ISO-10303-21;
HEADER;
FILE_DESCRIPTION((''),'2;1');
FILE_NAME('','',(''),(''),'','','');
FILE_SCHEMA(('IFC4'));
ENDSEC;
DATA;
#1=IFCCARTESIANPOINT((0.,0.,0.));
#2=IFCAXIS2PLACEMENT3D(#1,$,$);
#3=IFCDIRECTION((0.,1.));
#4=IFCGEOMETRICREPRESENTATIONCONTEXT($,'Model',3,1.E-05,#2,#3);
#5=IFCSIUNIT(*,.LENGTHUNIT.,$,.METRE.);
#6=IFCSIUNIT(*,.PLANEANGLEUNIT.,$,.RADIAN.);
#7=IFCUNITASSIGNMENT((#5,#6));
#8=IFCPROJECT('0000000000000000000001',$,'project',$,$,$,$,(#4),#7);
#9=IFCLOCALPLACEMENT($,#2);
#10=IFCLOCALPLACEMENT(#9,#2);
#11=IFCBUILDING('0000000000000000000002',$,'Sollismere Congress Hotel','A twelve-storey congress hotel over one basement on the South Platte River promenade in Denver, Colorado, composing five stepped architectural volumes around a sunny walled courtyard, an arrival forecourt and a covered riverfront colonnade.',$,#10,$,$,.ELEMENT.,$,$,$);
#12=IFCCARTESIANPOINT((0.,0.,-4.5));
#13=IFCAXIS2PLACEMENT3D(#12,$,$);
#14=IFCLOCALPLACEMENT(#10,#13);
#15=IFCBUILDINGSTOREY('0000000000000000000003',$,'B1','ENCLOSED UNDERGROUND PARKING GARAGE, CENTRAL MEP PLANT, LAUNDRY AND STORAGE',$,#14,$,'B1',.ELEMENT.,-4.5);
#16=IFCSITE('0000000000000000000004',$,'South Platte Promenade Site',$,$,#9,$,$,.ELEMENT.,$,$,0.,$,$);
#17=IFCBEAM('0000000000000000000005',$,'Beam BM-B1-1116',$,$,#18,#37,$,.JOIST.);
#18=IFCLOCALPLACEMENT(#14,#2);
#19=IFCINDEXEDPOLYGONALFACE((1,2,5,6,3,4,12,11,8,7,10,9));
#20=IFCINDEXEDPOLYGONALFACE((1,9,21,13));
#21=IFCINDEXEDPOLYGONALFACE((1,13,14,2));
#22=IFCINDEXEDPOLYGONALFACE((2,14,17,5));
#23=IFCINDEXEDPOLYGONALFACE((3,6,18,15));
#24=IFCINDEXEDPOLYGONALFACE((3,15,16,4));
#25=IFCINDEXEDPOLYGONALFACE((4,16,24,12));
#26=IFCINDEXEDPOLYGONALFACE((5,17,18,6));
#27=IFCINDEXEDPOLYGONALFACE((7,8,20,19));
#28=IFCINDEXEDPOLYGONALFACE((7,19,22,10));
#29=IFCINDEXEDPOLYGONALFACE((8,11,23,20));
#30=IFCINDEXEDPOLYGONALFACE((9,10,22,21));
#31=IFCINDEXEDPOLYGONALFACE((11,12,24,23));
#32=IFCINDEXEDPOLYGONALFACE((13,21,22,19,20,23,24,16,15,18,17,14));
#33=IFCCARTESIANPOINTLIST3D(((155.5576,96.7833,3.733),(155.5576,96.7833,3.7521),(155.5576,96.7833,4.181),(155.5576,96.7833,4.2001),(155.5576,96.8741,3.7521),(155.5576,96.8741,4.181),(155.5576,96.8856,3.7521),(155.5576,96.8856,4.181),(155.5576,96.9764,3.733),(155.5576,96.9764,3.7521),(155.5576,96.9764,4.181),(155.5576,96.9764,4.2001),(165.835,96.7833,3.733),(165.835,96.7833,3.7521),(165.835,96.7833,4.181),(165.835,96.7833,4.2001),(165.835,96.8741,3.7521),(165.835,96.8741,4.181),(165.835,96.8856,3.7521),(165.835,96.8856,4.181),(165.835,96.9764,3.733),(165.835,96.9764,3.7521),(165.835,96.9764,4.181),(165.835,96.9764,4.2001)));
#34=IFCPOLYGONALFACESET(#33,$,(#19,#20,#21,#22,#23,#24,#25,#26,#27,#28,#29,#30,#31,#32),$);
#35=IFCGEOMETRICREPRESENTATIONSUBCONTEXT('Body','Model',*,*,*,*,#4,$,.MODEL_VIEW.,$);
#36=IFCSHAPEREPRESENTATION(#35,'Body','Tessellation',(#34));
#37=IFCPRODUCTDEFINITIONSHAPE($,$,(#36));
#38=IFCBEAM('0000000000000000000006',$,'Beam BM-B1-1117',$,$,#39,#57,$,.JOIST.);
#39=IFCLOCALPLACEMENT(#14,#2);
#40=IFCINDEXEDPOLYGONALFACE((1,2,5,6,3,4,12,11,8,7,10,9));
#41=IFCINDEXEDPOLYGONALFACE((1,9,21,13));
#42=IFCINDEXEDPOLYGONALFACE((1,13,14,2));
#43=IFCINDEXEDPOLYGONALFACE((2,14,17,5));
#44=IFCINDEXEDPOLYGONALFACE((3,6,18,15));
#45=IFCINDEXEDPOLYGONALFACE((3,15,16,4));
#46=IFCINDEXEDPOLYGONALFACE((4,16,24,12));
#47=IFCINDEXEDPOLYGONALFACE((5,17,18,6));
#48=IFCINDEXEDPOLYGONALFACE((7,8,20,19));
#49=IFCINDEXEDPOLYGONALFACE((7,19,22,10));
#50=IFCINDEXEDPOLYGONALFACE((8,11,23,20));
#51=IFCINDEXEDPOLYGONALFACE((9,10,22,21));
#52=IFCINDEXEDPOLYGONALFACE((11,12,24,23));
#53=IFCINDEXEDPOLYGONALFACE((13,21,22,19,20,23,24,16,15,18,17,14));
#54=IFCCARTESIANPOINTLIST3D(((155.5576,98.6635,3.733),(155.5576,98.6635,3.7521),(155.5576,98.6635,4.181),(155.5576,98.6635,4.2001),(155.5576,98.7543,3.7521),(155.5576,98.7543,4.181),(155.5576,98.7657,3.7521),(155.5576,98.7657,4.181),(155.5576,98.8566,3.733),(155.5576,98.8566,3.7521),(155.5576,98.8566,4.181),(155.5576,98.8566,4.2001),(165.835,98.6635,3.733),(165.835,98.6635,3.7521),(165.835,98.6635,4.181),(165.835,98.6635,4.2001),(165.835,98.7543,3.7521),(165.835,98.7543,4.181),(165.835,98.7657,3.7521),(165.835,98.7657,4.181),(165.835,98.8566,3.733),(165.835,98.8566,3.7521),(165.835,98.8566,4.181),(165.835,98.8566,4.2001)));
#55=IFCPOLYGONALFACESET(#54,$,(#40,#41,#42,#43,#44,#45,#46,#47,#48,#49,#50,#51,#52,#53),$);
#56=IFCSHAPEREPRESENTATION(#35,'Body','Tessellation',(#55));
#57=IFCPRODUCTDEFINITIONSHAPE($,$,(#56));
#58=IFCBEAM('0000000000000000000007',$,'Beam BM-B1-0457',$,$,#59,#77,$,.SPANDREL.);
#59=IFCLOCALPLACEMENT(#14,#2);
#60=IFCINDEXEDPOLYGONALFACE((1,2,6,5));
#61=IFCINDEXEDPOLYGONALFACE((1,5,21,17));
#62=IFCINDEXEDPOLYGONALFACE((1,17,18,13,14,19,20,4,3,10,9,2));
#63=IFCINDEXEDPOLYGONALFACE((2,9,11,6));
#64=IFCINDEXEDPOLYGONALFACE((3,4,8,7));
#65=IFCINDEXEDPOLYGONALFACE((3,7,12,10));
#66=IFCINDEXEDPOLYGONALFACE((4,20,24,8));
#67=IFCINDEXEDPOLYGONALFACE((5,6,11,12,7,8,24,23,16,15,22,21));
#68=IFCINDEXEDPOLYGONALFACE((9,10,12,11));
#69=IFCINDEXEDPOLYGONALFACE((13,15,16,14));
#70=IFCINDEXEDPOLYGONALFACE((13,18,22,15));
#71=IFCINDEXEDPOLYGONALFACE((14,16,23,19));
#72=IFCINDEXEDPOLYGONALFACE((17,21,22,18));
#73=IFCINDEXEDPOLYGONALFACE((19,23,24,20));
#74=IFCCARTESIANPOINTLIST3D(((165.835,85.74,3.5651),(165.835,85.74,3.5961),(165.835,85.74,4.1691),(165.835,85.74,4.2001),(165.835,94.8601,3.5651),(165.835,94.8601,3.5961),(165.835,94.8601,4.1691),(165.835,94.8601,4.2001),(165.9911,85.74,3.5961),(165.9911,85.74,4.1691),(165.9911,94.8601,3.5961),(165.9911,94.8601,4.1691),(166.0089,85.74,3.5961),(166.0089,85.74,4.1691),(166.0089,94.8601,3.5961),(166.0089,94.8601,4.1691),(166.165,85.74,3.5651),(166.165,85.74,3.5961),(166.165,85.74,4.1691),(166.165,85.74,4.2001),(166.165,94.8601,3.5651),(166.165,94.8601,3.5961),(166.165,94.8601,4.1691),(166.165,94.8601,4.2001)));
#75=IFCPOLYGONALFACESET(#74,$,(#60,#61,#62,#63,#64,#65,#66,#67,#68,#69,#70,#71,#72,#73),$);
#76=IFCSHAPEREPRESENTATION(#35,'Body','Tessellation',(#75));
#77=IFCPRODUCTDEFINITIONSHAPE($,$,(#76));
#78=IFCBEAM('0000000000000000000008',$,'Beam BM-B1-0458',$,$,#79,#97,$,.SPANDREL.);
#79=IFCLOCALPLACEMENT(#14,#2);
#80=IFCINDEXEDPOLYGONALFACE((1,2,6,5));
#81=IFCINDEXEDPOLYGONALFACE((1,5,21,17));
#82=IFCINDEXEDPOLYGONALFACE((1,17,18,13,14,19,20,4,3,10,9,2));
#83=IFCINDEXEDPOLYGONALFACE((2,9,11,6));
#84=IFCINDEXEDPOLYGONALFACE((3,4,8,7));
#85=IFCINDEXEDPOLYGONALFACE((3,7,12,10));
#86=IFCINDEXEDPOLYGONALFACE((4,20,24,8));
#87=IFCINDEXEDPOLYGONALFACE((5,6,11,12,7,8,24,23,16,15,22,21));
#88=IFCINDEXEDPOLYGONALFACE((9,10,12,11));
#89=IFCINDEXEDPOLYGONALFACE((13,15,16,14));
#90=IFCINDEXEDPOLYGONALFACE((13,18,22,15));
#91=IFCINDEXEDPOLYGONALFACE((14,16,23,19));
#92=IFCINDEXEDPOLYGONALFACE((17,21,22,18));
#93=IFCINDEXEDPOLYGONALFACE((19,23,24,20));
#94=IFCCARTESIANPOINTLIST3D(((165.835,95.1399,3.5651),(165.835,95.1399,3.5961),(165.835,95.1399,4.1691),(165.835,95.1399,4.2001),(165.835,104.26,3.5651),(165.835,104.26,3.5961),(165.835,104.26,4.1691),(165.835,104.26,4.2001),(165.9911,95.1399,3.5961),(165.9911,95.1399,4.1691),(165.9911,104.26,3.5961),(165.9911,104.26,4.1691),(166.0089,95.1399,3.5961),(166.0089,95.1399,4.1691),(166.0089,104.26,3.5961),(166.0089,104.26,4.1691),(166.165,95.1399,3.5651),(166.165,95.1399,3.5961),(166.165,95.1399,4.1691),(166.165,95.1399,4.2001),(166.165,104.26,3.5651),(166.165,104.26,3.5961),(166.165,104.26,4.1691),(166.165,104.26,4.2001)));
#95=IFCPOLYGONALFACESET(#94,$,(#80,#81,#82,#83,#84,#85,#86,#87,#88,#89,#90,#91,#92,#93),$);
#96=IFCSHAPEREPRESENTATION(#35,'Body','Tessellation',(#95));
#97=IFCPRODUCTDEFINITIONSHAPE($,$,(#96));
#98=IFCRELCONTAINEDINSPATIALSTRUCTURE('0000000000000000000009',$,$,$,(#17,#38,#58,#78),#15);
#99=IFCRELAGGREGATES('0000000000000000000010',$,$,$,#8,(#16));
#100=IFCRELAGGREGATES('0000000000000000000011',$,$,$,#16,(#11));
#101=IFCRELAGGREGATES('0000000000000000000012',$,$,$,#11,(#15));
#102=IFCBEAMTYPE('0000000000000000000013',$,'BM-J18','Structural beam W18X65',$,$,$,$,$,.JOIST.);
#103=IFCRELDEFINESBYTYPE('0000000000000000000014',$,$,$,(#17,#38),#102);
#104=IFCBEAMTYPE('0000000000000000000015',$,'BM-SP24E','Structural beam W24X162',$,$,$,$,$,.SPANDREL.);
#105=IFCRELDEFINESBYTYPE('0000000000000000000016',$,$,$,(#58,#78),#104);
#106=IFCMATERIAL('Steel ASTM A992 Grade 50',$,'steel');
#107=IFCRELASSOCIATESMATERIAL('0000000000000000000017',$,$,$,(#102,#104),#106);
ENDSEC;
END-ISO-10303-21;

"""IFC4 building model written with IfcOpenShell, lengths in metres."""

from ifc_helpers import new_model, si_unit, direction, frame, origin, origin_2d, place, context, subcontext, project, spatial, i_section, extrude, material, material_profile, profile_set, type_object, element, save


model = new_model("IFC4")

# Units and contexts
model_context = context("Model", 3, precision=1e-05, world=origin(), true_north=direction((0.0, 1.0)))
body_context = subcontext(model_context, "Body", "Model", "MODEL_VIEW")
ifc_project = project(units=[si_unit("LENGTHUNIT", "METRE"), si_unit("PLANEANGLEUNIT", "RADIAN")], contexts=[model_context])

# Site, building, storey
site_placement = place(None, origin())
site = spatial("IfcSite", under=ifc_project, at=site_placement, Name="South Platte Promenade Site", CompositionType="ELEMENT", RefElevation=0.0)
building_placement = place(site_placement, origin())
building = spatial("IfcBuilding", under=site, at=building_placement, Name="Sollismere Congress Hotel", Description="A twelve-storey congress hotel over one basement on the South Platte River promenade in Denver, Colorado, composing five stepped architectural volumes around a sunny walled courtyard, an arrival forecourt and a covered riverfront colonnade.", CompositionType="ELEMENT")
storey_placement = place(building_placement, frame((0.0, 0.0, -4.5)))
storey = spatial("IfcBuildingStorey", under=building, at=storey_placement, Name="B1", Description="ENCLOSED UNDERGROUND PARKING GARAGE, CENTRAL MEP PLANT, LAUNDRY AND STORAGE", LongName="B1", CompositionType="ELEMENT", Elevation=-4.5)

# Beams
ifc_material_1 = material(Name="Steel ASTM A992 Grade 50", Category="steel")
ifc_material_profile_1 = material_profile(ifc_material_1, i_section(OverallWidth=0.1931, OverallDepth=0.467, WebThickness=0.0115, FlangeThickness=0.019, at=origin_2d()), Name="W18X65")
ifc_profile_set_1 = profile_set([ifc_material_profile_1], Name="Steel ASTM A992 Grade 50")
beam_type_1 = type_object("IfcBeamType", Name="BM-J18", Description="Structural beam W18X65", PredefinedType="JOIST", material=ifc_profile_set_1)
for number, where, z_axis, x_axis, name in (
    (1, (155.5576, 96.8799, 3.9666), (1.0, 0.0, 0.0), (0.0, 1.0, 0.0), "Beam BM-B1-1116"),
    (2, (155.5576, 98.76, 3.9666), (1.0, 0.0, 0.0), (0.0, 1.0, 0.0), "Beam BM-B1-1117"),
):
    element("IfcBeam", number, at=place(storey_placement, frame(where, z_axis=z_axis, x_axis=x_axis)), inside=storey, type_object=beam_type_1, Name=name, PredefinedType="JOIST", context=body_context, shape_type="SweptSolid", body=[
        extrude(i_section(OverallWidth=0.1931, OverallDepth=0.467, WebThickness=0.0115, FlangeThickness=0.019, at=origin_2d()), origin(), (0.0, 0.0, 1.0), 10.2773),
    ])
ifc_material_profile_2 = material_profile(ifc_material_1, i_section(OverallWidth=0.3301, OverallDepth=0.635, WebThickness=0.0178, FlangeThickness=0.031, at=origin_2d()), Name="W24X162")
ifc_profile_set_2 = profile_set([ifc_material_profile_2], Name="Steel ASTM A992 Grade 50")
beam_type_2 = type_object("IfcBeamType", Name="BM-SP24E", Description="Structural beam W24X162", PredefinedType="SPANDREL", material=ifc_profile_set_2)
for number, where, z_axis, x_axis, name in (
    (3, (166.0, 85.74, 3.8826), (0.0, 1.0, 0.0), (-1.0, 0.0, 0.0), "Beam BM-B1-0457"),
    (4, (166.0, 95.1399, 3.8826), (0.0, 1.0, 0.0), (-1.0, 0.0, 0.0), "Beam BM-B1-0458"),
):
    element("IfcBeam", number, at=place(storey_placement, frame(where, z_axis=z_axis, x_axis=x_axis)), inside=storey, type_object=beam_type_2, Name=name, PredefinedType="SPANDREL", context=body_context, shape_type="SweptSolid", body=[
        extrude(i_section(OverallWidth=0.3301, OverallDepth=0.635, WebThickness=0.0178, FlangeThickness=0.031, at=origin_2d()), origin(), (0.0, 0.0, 1.0), 9.1201),
    ])

save(model, "model.ifc")
